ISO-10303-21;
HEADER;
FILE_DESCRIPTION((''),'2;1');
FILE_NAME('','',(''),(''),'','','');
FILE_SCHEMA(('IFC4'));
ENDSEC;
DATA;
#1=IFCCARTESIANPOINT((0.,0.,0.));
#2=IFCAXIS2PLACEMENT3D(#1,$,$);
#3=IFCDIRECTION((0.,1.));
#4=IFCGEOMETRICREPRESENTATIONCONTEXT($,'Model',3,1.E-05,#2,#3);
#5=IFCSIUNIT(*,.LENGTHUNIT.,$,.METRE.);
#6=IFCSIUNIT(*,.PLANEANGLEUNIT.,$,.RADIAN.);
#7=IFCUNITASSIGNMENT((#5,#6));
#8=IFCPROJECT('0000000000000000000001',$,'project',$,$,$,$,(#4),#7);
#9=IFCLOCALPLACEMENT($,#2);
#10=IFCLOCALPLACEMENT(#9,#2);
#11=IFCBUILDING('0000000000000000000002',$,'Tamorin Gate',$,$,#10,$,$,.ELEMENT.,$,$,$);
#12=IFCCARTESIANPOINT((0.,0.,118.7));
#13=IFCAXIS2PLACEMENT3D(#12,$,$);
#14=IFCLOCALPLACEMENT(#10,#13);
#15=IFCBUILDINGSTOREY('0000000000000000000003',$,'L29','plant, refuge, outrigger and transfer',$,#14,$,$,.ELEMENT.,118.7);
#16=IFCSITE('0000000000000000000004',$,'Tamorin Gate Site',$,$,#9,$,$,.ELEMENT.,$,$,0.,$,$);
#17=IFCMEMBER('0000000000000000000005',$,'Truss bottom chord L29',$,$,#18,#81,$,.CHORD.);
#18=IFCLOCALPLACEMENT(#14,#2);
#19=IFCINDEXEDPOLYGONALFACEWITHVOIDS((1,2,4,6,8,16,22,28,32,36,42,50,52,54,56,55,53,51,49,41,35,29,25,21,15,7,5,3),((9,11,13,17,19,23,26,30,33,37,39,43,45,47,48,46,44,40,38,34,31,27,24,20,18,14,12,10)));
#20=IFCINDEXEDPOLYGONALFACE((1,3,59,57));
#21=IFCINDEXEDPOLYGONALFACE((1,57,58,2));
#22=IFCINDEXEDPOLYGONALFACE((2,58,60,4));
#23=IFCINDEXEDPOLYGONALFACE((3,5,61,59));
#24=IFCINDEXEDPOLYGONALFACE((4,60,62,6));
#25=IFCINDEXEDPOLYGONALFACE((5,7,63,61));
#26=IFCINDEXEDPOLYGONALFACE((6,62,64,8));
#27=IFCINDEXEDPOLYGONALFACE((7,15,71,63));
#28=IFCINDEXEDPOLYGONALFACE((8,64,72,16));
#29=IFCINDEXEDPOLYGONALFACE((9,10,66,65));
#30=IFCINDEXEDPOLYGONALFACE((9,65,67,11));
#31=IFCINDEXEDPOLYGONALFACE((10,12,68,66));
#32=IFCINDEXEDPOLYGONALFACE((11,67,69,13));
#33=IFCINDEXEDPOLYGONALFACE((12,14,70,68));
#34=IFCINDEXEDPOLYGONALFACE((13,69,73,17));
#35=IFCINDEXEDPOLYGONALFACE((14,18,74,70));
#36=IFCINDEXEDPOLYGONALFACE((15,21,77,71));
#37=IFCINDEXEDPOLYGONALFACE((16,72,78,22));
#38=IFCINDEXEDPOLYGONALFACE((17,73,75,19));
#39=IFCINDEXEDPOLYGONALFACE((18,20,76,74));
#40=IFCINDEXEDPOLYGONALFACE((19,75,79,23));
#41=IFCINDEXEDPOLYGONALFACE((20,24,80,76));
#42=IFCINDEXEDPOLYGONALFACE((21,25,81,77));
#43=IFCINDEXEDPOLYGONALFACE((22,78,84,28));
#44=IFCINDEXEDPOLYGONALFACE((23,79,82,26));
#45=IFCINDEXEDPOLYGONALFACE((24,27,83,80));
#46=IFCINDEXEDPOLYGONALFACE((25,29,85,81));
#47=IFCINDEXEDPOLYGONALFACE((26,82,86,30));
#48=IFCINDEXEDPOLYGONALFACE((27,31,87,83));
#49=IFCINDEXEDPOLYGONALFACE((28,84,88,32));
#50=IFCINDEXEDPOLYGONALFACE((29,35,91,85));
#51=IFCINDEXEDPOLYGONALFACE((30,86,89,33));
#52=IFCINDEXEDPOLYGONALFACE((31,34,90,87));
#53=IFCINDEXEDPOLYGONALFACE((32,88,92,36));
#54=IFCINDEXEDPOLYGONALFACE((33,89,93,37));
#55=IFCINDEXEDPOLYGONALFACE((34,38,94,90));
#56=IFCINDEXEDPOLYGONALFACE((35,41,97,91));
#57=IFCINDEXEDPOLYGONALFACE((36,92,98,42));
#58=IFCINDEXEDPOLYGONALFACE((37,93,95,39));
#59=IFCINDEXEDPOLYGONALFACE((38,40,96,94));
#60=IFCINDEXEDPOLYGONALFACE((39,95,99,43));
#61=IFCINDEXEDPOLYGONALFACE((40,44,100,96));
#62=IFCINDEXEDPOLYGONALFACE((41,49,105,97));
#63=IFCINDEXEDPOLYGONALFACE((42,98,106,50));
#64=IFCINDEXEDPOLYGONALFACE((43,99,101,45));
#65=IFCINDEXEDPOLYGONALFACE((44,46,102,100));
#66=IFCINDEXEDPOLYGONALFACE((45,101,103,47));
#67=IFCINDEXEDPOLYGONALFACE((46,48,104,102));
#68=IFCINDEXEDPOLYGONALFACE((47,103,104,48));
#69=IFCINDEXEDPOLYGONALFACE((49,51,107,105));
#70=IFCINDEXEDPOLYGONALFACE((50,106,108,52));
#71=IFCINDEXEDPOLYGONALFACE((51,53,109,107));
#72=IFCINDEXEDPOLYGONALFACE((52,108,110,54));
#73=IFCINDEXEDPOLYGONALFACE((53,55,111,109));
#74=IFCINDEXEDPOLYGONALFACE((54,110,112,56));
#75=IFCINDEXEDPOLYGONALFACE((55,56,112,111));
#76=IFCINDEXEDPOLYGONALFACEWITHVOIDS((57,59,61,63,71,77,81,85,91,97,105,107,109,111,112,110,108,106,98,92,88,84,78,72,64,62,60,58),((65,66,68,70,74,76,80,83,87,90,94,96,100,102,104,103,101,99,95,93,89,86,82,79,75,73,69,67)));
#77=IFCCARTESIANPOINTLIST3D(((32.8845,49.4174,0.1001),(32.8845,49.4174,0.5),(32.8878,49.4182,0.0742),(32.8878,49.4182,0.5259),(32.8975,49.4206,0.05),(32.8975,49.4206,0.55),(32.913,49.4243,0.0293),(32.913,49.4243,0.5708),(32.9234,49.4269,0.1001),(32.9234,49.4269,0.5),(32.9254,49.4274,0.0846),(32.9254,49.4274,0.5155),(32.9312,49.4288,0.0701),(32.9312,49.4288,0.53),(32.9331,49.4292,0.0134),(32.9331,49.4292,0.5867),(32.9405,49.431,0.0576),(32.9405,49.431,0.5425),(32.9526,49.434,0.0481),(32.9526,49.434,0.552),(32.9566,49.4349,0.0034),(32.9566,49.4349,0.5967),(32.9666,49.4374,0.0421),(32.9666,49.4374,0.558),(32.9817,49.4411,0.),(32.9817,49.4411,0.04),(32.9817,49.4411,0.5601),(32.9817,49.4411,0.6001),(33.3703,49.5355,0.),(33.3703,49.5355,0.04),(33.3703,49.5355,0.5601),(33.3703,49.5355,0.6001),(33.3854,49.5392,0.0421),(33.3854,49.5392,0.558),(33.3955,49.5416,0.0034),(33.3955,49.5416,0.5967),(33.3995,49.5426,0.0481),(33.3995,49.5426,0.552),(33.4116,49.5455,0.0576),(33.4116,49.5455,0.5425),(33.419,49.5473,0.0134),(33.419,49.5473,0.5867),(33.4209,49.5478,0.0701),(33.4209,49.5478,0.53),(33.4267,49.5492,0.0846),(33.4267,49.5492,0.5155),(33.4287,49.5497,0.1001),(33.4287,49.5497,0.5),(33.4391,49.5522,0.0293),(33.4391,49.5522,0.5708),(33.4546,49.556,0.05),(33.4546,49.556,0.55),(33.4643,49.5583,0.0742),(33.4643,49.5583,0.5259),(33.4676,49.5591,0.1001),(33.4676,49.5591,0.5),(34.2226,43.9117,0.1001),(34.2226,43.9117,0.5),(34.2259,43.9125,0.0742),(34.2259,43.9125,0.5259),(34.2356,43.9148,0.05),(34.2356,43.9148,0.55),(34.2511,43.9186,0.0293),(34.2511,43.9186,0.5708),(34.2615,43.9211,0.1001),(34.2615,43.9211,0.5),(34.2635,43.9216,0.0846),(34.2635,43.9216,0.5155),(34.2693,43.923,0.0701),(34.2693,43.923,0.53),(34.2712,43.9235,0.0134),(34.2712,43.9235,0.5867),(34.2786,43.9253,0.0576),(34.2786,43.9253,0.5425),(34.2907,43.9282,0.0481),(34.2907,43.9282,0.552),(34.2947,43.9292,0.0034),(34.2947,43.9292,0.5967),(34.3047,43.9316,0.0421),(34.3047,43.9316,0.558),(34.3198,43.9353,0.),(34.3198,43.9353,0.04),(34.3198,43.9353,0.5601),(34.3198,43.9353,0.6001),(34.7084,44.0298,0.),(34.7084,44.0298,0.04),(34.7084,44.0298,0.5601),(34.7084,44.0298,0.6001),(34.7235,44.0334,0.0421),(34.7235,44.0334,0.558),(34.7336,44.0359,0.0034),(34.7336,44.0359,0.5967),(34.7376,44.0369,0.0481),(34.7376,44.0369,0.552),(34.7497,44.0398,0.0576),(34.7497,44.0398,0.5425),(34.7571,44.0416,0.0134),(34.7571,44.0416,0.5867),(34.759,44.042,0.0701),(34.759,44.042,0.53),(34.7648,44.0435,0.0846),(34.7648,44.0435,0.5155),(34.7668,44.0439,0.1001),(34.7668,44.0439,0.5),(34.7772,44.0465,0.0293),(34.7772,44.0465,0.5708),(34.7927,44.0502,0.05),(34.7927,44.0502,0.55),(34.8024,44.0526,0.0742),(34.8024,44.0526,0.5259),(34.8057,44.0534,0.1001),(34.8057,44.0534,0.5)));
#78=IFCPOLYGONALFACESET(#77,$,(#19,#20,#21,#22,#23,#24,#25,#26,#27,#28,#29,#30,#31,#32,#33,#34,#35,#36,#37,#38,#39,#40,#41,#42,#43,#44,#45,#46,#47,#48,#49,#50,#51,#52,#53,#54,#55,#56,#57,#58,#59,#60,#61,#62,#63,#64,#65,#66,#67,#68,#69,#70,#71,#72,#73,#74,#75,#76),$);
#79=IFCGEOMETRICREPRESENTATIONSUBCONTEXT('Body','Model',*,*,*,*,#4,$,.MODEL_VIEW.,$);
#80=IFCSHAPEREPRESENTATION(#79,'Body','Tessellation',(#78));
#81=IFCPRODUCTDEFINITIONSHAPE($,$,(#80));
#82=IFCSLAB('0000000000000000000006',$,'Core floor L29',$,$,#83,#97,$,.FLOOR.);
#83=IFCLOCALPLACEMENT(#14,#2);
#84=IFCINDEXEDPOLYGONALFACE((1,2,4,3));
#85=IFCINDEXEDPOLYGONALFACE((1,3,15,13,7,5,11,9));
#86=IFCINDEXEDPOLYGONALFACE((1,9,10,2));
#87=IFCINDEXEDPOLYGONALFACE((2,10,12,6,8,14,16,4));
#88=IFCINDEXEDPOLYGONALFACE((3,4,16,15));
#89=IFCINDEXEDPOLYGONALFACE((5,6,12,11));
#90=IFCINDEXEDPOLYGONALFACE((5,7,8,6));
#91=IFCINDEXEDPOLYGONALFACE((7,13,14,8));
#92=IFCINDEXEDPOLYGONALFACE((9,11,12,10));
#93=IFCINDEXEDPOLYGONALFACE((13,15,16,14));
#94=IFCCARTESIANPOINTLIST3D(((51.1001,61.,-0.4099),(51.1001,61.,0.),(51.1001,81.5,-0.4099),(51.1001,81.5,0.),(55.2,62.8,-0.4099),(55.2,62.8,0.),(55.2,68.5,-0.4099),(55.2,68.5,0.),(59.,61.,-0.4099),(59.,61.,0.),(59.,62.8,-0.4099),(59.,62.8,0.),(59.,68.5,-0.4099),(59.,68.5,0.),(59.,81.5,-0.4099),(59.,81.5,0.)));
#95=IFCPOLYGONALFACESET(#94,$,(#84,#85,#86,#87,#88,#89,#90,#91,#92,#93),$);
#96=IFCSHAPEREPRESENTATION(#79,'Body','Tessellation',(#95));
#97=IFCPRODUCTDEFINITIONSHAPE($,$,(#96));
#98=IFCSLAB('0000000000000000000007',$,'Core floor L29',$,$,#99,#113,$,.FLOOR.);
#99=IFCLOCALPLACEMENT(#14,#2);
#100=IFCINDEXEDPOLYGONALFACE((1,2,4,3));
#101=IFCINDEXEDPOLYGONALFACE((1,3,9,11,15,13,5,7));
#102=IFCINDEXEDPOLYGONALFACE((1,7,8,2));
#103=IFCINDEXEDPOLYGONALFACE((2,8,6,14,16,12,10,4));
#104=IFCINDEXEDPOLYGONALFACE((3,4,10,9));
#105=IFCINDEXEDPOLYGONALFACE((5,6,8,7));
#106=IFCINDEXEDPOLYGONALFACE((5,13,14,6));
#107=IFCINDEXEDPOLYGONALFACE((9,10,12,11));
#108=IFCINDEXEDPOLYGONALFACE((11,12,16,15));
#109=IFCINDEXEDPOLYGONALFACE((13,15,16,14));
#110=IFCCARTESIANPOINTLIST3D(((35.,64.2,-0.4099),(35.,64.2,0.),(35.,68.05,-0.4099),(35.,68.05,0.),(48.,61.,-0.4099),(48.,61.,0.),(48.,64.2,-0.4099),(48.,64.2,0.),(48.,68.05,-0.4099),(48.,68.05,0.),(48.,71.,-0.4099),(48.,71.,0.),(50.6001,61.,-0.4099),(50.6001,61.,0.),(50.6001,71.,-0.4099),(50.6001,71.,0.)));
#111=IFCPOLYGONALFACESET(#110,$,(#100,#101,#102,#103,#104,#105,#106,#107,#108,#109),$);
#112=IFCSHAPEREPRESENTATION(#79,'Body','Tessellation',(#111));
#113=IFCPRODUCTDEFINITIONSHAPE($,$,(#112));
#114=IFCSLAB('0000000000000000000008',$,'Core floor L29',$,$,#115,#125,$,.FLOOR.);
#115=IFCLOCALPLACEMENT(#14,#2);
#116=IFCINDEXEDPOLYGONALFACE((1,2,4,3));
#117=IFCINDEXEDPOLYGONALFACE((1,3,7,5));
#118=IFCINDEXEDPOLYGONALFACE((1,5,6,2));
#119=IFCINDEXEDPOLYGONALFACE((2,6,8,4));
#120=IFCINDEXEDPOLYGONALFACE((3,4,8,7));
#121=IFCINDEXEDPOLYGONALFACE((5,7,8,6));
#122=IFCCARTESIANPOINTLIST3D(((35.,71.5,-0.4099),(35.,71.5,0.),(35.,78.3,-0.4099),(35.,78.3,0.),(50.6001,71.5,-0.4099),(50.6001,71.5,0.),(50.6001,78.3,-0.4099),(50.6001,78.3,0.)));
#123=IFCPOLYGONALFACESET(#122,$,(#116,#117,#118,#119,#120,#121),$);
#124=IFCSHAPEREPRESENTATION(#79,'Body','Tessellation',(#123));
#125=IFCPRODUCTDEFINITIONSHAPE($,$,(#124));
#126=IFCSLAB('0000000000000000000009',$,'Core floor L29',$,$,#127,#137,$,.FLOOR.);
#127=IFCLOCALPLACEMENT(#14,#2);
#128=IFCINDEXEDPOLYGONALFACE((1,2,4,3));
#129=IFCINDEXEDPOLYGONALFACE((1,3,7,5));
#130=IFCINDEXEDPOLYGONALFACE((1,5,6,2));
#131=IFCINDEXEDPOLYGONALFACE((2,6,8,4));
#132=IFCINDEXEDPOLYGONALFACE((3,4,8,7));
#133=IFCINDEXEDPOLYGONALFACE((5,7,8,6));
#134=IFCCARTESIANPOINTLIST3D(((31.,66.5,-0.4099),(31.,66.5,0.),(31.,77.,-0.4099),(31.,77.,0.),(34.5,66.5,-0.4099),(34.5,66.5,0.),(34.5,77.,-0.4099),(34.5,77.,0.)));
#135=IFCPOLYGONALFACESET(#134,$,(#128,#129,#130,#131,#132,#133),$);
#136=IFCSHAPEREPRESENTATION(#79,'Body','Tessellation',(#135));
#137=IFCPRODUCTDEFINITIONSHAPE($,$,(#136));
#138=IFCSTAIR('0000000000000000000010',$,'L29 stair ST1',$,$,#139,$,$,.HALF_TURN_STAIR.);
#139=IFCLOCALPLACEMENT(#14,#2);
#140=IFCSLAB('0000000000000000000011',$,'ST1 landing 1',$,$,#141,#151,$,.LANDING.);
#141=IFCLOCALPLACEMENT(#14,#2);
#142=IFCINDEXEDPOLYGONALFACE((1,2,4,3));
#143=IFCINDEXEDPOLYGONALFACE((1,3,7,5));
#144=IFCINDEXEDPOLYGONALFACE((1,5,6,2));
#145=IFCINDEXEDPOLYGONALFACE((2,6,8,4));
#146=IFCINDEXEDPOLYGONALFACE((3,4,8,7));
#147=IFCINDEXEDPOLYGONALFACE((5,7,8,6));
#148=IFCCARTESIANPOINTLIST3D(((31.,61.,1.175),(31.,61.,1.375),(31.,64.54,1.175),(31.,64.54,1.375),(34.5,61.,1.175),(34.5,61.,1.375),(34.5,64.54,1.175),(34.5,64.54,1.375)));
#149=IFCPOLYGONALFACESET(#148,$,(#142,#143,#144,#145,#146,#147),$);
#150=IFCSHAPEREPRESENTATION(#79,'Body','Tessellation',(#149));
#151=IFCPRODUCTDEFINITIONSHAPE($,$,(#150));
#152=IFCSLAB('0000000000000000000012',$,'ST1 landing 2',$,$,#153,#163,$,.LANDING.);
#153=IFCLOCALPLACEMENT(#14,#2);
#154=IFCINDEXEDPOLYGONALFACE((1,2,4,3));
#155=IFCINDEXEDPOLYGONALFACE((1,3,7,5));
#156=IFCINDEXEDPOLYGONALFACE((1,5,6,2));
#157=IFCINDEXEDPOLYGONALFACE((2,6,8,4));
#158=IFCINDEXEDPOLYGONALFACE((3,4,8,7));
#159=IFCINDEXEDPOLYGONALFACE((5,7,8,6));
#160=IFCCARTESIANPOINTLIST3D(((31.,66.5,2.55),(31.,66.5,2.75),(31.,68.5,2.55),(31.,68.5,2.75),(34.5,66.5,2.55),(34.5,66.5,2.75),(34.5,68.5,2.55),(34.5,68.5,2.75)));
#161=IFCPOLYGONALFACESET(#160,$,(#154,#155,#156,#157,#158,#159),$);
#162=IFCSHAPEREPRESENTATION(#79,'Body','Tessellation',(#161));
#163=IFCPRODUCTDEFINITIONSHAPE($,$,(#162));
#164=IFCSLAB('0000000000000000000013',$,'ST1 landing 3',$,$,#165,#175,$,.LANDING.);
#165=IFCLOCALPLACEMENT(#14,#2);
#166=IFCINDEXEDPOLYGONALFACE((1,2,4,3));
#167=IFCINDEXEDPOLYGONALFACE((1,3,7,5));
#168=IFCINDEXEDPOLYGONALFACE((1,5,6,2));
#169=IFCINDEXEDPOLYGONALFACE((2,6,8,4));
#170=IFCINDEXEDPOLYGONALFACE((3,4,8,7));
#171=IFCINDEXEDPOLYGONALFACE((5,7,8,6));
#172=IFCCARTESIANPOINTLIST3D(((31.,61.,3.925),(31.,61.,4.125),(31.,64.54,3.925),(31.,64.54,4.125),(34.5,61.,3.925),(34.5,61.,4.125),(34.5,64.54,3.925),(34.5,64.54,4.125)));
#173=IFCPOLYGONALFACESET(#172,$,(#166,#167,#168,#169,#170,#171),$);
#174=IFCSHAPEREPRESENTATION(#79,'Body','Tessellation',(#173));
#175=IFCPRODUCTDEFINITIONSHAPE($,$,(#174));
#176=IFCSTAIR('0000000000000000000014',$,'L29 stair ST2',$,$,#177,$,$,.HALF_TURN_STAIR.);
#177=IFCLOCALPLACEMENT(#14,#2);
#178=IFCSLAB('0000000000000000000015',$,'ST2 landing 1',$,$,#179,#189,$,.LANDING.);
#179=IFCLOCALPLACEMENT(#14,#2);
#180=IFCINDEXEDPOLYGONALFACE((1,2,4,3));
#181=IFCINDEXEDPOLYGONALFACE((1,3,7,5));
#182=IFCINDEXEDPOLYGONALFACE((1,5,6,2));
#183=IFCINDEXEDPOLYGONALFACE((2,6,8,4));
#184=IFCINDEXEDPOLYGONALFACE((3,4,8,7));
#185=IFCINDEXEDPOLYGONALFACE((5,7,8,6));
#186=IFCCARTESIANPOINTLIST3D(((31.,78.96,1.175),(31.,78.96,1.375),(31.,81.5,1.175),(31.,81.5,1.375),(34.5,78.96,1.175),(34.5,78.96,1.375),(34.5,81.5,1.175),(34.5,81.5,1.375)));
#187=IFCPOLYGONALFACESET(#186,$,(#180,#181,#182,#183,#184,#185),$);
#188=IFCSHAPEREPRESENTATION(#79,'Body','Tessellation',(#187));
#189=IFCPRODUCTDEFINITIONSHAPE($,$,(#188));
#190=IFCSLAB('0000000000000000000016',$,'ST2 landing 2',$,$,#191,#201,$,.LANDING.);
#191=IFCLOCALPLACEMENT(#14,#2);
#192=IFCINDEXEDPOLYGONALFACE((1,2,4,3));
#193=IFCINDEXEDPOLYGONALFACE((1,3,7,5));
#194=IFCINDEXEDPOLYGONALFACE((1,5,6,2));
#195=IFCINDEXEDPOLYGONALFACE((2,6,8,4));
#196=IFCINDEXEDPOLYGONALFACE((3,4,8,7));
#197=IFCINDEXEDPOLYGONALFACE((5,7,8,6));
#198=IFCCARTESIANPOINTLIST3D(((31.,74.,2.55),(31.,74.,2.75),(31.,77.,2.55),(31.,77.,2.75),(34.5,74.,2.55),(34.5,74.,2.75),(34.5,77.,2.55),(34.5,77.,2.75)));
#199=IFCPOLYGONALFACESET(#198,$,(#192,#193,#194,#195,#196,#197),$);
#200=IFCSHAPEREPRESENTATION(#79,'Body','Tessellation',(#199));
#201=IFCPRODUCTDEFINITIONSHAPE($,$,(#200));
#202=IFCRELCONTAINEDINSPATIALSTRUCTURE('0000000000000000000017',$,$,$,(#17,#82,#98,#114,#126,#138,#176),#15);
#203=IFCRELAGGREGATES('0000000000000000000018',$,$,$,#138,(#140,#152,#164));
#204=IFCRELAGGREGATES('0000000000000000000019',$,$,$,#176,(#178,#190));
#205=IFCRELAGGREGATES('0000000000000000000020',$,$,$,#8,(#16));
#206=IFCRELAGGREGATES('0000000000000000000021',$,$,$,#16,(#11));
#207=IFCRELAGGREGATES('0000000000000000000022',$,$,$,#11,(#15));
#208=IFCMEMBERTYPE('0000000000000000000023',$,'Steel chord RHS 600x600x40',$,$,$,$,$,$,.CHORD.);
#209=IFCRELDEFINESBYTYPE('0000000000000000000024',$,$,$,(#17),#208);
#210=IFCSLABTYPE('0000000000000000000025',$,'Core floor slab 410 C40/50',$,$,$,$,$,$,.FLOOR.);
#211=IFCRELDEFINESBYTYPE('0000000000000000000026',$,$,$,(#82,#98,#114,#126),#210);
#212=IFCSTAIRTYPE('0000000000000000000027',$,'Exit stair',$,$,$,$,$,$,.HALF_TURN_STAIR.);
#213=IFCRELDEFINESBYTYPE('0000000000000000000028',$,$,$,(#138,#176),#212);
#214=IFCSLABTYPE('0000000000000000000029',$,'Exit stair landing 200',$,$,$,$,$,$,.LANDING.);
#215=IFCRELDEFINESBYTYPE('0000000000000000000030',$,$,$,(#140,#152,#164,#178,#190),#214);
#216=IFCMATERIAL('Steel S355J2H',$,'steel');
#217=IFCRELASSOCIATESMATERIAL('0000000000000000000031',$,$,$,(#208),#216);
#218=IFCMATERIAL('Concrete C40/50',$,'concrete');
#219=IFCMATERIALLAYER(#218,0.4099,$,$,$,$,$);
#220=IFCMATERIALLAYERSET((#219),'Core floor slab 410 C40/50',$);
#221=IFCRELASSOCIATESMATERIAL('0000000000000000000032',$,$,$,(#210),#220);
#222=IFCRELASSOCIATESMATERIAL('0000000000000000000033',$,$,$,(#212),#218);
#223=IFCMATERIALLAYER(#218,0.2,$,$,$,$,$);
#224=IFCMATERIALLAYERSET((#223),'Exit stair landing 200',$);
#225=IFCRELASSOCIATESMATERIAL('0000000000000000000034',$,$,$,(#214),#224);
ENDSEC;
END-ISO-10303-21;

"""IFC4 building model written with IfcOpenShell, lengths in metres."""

from ifc_helpers import new_model, si_unit, direction, frame, origin, origin_2d, place, context, subcontext, project, spatial, polyline, hollow_rectangle, outline, extrude, material, layer, layer_set, material_profile, profile_set, type_object, element, aggregate, save


model = new_model("IFC4")

# Units and contexts
model_context = context("Model", 3, precision=1e-05, world=origin(), true_north=direction((0.0, 1.0)))
body_context = subcontext(model_context, "Body", "Model", "MODEL_VIEW")
ifc_project = project(units=[si_unit("LENGTHUNIT", "METRE"), si_unit("PLANEANGLEUNIT", "RADIAN")], contexts=[model_context])

# Site, building, storey
site_placement = place(None, origin())
site = spatial("IfcSite", under=ifc_project, at=site_placement, Name="Tamorin Gate Site", CompositionType="ELEMENT", RefElevation=0.0)
building_placement = place(site_placement, origin())
building = spatial("IfcBuilding", under=site, at=building_placement, Name="Tamorin Gate", CompositionType="ELEMENT")
storey_placement = place(building_placement, frame((0.0, 0.0, 118.7)))
storey = spatial("IfcBuildingStorey", under=building, at=storey_placement, Name="L29", Description="plant, refuge, outrigger and transfer", CompositionType="ELEMENT", Elevation=118.7)

# Member
ifc_material_1 = material(Name="Steel S355J2H", Category="steel")
ifc_material_profile_1 = material_profile(ifc_material_1, hollow_rectangle(XDim=0.6001, YDim=0.6001, WallThickness=0.04, InnerFilletRadius=0.0601, OuterFilletRadius=0.1001, at=origin_2d()), Name="RHS 600x600x40")
ifc_profile_set_1 = profile_set([ifc_material_profile_1], Name="Steel S355J2H")
member_type = type_object("IfcMemberType", Name="Steel chord RHS 600x600x40", PredefinedType="CHORD", material=ifc_profile_set_1)
member_placement = place(storey_placement, frame((33.176, 49.4883, 0.3), z_axis=(0.236164, -0.971713, 0.0), x_axis=(0.971713, 0.236164, 0.0)))
element("IfcMember", 1, at=member_placement, inside=storey, type_object=member_type, Name="Truss bottom chord L29", PredefinedType="CHORD", context=body_context, shape_type="SweptSolid", body=[
    extrude(hollow_rectangle(XDim=0.6001, YDim=0.6001, WallThickness=0.04, InnerFilletRadius=0.0601, OuterFilletRadius=0.1001, at=origin_2d()), origin(), (0.0, 0.0, 1.0), 5.666),
])

# Slabs
ifc_material_2 = material(Name="Concrete C40/50", Category="concrete")
ifc_layer_1 = layer(ifc_material_2, 0.4099)
ifc_layer_set_1 = layer_set([ifc_layer_1], Name="Core floor slab 410 C40/50")
slab_type_1 = type_object("IfcSlabType", Name="Core floor slab 410 C40/50", PredefinedType="FLOOR", material=ifc_layer_set_1)
slab_1_placement = place(storey_placement, frame((0.0, 0.0, -0.4099)))
element("IfcSlab", 2, at=slab_1_placement, inside=storey, type_object=slab_type_1, Name="Core floor L29", PredefinedType="FLOOR", context=body_context, shape_type="SweptSolid", body=[
    extrude(outline(polyline([(59.0, 62.8), (59.0, 61.0), (51.1001, 61.0), (51.1001, 81.5), (59.0, 81.5), (59.0, 68.5), (55.2, 68.5), (55.2, 62.8), (59.0, 62.8)])), origin(), (0.0, 0.0, 1.0), 0.4099),
])
slab_2_placement = place(storey_placement, frame((0.0, 0.0, -0.4099)))
element("IfcSlab", 3, at=slab_2_placement, inside=storey, type_object=slab_type_1, Name="Core floor L29", PredefinedType="FLOOR", context=body_context, shape_type="SweptSolid", body=[
    extrude(outline(polyline([(50.6001, 61.0), (48.0, 61.0), (48.0, 64.2), (35.0, 64.2), (35.0, 68.05), (48.0, 68.05), (48.0, 71.0), (50.6001, 71.0), (50.6001, 61.0)])), origin(), (0.0, 0.0, 1.0), 0.4099),
])
slab_3_placement = place(storey_placement, frame((0.0, 0.0, -0.4099)))
element("IfcSlab", 4, at=slab_3_placement, inside=storey, type_object=slab_type_1, Name="Core floor L29", PredefinedType="FLOOR", context=body_context, shape_type="SweptSolid", body=[
    extrude(outline(polyline([(50.6001, 71.5), (35.0, 71.5), (35.0, 78.3), (50.6001, 78.3), (50.6001, 71.5)])), origin(), (0.0, 0.0, 1.0), 0.4099),
])
slab_4_placement = place(storey_placement, frame((0.0, 0.0, -0.4099)))
element("IfcSlab", 5, at=slab_4_placement, inside=storey, type_object=slab_type_1, Name="Core floor L29", PredefinedType="FLOOR", context=body_context, shape_type="SweptSolid", body=[
    extrude(outline(polyline([(31.0, 66.5), (31.0, 77.0), (34.5, 77.0), (34.5, 66.5), (31.0, 66.5)])), origin(), (0.0, 0.0, 1.0), 0.4099),
])

# Stairs, slabs
stair_type = type_object("IfcStairType", Name="Exit stair", PredefinedType="HALF_TURN_STAIR", material=ifc_material_2)
stair_1_placement = place(storey_placement, origin())
stair_1 = element("IfcStair", 6, at=stair_1_placement, inside=storey, type_object=stair_type, Name="L29 stair ST1", PredefinedType="HALF_TURN_STAIR")
ifc_layer_2 = layer(ifc_material_2, 0.2)
ifc_layer_set_2 = layer_set([ifc_layer_2], Name="Exit stair landing 200")
slab_type_2 = type_object("IfcSlabType", Name="Exit stair landing 200", PredefinedType="LANDING", material=ifc_layer_set_2)
slab_5_placement = place(storey_placement, frame((0.0, 0.0, 1.175)))
slab_5 = element("IfcSlab", 7, at=slab_5_placement, type_object=slab_type_2, Name="ST1 landing 1", PredefinedType="LANDING", context=body_context, shape_type="SweptSolid", body=[
    extrude(outline(polyline([(31.0, 64.54), (31.0, 61.0), (34.5, 61.0), (34.5, 64.54), (31.0, 64.54)])), origin(), (0.0, 0.0, 1.0), 0.2),
])
slab_6_placement = place(storey_placement, frame((0.0, 0.0, 2.55)))
slab_6 = element("IfcSlab", 8, at=slab_6_placement, type_object=slab_type_2, Name="ST1 landing 2", PredefinedType="LANDING", context=body_context, shape_type="SweptSolid", body=[
    extrude(outline(polyline([(31.0, 68.5), (31.0, 66.5), (34.5, 66.5), (34.5, 68.5), (31.0, 68.5)])), origin(), (0.0, 0.0, 1.0), 0.2),
])
slab_7_placement = place(storey_placement, frame((0.0, 0.0, 3.925)))
slab_7 = element("IfcSlab", 9, at=slab_7_placement, type_object=slab_type_2, Name="ST1 landing 3", PredefinedType="LANDING", context=body_context, shape_type="SweptSolid", body=[
    extrude(outline(polyline([(31.0, 64.54), (31.0, 61.0), (34.5, 61.0), (34.5, 64.54), (31.0, 64.54)])), origin(), (0.0, 0.0, 1.0), 0.2),
])
aggregate(stair_1, [slab_5, slab_6, slab_7])
stair_2_placement = place(storey_placement, origin())
stair_2 = element("IfcStair", 10, at=stair_2_placement, inside=storey, type_object=stair_type, Name="L29 stair ST2", PredefinedType="HALF_TURN_STAIR")
slab_8_placement = place(storey_placement, frame((0.0, 0.0, 1.175)))
slab_8 = element("IfcSlab", 11, at=slab_8_placement, type_object=slab_type_2, Name="ST2 landing 1", PredefinedType="LANDING", context=body_context, shape_type="SweptSolid", body=[
    extrude(outline(polyline([(34.5, 78.96), (34.5, 81.5), (31.0, 81.5), (31.0, 78.96), (34.5, 78.96)])), origin(), (0.0, 0.0, 1.0), 0.2),
])
slab_9_placement = place(storey_placement, frame((0.0, 0.0, 2.55)))
slab_9 = element("IfcSlab", 12, at=slab_9_placement, type_object=slab_type_2, Name="ST2 landing 2", PredefinedType="LANDING", context=body_context, shape_type="SweptSolid", body=[
    extrude(outline(polyline([(34.5, 74.0), (34.5, 77.0), (31.0, 77.0), (31.0, 74.0), (34.5, 74.0)])), origin(), (0.0, 0.0, 1.0), 0.2),
])
aggregate(stair_2, [slab_8, slab_9])

save(model, "model.ifc")
